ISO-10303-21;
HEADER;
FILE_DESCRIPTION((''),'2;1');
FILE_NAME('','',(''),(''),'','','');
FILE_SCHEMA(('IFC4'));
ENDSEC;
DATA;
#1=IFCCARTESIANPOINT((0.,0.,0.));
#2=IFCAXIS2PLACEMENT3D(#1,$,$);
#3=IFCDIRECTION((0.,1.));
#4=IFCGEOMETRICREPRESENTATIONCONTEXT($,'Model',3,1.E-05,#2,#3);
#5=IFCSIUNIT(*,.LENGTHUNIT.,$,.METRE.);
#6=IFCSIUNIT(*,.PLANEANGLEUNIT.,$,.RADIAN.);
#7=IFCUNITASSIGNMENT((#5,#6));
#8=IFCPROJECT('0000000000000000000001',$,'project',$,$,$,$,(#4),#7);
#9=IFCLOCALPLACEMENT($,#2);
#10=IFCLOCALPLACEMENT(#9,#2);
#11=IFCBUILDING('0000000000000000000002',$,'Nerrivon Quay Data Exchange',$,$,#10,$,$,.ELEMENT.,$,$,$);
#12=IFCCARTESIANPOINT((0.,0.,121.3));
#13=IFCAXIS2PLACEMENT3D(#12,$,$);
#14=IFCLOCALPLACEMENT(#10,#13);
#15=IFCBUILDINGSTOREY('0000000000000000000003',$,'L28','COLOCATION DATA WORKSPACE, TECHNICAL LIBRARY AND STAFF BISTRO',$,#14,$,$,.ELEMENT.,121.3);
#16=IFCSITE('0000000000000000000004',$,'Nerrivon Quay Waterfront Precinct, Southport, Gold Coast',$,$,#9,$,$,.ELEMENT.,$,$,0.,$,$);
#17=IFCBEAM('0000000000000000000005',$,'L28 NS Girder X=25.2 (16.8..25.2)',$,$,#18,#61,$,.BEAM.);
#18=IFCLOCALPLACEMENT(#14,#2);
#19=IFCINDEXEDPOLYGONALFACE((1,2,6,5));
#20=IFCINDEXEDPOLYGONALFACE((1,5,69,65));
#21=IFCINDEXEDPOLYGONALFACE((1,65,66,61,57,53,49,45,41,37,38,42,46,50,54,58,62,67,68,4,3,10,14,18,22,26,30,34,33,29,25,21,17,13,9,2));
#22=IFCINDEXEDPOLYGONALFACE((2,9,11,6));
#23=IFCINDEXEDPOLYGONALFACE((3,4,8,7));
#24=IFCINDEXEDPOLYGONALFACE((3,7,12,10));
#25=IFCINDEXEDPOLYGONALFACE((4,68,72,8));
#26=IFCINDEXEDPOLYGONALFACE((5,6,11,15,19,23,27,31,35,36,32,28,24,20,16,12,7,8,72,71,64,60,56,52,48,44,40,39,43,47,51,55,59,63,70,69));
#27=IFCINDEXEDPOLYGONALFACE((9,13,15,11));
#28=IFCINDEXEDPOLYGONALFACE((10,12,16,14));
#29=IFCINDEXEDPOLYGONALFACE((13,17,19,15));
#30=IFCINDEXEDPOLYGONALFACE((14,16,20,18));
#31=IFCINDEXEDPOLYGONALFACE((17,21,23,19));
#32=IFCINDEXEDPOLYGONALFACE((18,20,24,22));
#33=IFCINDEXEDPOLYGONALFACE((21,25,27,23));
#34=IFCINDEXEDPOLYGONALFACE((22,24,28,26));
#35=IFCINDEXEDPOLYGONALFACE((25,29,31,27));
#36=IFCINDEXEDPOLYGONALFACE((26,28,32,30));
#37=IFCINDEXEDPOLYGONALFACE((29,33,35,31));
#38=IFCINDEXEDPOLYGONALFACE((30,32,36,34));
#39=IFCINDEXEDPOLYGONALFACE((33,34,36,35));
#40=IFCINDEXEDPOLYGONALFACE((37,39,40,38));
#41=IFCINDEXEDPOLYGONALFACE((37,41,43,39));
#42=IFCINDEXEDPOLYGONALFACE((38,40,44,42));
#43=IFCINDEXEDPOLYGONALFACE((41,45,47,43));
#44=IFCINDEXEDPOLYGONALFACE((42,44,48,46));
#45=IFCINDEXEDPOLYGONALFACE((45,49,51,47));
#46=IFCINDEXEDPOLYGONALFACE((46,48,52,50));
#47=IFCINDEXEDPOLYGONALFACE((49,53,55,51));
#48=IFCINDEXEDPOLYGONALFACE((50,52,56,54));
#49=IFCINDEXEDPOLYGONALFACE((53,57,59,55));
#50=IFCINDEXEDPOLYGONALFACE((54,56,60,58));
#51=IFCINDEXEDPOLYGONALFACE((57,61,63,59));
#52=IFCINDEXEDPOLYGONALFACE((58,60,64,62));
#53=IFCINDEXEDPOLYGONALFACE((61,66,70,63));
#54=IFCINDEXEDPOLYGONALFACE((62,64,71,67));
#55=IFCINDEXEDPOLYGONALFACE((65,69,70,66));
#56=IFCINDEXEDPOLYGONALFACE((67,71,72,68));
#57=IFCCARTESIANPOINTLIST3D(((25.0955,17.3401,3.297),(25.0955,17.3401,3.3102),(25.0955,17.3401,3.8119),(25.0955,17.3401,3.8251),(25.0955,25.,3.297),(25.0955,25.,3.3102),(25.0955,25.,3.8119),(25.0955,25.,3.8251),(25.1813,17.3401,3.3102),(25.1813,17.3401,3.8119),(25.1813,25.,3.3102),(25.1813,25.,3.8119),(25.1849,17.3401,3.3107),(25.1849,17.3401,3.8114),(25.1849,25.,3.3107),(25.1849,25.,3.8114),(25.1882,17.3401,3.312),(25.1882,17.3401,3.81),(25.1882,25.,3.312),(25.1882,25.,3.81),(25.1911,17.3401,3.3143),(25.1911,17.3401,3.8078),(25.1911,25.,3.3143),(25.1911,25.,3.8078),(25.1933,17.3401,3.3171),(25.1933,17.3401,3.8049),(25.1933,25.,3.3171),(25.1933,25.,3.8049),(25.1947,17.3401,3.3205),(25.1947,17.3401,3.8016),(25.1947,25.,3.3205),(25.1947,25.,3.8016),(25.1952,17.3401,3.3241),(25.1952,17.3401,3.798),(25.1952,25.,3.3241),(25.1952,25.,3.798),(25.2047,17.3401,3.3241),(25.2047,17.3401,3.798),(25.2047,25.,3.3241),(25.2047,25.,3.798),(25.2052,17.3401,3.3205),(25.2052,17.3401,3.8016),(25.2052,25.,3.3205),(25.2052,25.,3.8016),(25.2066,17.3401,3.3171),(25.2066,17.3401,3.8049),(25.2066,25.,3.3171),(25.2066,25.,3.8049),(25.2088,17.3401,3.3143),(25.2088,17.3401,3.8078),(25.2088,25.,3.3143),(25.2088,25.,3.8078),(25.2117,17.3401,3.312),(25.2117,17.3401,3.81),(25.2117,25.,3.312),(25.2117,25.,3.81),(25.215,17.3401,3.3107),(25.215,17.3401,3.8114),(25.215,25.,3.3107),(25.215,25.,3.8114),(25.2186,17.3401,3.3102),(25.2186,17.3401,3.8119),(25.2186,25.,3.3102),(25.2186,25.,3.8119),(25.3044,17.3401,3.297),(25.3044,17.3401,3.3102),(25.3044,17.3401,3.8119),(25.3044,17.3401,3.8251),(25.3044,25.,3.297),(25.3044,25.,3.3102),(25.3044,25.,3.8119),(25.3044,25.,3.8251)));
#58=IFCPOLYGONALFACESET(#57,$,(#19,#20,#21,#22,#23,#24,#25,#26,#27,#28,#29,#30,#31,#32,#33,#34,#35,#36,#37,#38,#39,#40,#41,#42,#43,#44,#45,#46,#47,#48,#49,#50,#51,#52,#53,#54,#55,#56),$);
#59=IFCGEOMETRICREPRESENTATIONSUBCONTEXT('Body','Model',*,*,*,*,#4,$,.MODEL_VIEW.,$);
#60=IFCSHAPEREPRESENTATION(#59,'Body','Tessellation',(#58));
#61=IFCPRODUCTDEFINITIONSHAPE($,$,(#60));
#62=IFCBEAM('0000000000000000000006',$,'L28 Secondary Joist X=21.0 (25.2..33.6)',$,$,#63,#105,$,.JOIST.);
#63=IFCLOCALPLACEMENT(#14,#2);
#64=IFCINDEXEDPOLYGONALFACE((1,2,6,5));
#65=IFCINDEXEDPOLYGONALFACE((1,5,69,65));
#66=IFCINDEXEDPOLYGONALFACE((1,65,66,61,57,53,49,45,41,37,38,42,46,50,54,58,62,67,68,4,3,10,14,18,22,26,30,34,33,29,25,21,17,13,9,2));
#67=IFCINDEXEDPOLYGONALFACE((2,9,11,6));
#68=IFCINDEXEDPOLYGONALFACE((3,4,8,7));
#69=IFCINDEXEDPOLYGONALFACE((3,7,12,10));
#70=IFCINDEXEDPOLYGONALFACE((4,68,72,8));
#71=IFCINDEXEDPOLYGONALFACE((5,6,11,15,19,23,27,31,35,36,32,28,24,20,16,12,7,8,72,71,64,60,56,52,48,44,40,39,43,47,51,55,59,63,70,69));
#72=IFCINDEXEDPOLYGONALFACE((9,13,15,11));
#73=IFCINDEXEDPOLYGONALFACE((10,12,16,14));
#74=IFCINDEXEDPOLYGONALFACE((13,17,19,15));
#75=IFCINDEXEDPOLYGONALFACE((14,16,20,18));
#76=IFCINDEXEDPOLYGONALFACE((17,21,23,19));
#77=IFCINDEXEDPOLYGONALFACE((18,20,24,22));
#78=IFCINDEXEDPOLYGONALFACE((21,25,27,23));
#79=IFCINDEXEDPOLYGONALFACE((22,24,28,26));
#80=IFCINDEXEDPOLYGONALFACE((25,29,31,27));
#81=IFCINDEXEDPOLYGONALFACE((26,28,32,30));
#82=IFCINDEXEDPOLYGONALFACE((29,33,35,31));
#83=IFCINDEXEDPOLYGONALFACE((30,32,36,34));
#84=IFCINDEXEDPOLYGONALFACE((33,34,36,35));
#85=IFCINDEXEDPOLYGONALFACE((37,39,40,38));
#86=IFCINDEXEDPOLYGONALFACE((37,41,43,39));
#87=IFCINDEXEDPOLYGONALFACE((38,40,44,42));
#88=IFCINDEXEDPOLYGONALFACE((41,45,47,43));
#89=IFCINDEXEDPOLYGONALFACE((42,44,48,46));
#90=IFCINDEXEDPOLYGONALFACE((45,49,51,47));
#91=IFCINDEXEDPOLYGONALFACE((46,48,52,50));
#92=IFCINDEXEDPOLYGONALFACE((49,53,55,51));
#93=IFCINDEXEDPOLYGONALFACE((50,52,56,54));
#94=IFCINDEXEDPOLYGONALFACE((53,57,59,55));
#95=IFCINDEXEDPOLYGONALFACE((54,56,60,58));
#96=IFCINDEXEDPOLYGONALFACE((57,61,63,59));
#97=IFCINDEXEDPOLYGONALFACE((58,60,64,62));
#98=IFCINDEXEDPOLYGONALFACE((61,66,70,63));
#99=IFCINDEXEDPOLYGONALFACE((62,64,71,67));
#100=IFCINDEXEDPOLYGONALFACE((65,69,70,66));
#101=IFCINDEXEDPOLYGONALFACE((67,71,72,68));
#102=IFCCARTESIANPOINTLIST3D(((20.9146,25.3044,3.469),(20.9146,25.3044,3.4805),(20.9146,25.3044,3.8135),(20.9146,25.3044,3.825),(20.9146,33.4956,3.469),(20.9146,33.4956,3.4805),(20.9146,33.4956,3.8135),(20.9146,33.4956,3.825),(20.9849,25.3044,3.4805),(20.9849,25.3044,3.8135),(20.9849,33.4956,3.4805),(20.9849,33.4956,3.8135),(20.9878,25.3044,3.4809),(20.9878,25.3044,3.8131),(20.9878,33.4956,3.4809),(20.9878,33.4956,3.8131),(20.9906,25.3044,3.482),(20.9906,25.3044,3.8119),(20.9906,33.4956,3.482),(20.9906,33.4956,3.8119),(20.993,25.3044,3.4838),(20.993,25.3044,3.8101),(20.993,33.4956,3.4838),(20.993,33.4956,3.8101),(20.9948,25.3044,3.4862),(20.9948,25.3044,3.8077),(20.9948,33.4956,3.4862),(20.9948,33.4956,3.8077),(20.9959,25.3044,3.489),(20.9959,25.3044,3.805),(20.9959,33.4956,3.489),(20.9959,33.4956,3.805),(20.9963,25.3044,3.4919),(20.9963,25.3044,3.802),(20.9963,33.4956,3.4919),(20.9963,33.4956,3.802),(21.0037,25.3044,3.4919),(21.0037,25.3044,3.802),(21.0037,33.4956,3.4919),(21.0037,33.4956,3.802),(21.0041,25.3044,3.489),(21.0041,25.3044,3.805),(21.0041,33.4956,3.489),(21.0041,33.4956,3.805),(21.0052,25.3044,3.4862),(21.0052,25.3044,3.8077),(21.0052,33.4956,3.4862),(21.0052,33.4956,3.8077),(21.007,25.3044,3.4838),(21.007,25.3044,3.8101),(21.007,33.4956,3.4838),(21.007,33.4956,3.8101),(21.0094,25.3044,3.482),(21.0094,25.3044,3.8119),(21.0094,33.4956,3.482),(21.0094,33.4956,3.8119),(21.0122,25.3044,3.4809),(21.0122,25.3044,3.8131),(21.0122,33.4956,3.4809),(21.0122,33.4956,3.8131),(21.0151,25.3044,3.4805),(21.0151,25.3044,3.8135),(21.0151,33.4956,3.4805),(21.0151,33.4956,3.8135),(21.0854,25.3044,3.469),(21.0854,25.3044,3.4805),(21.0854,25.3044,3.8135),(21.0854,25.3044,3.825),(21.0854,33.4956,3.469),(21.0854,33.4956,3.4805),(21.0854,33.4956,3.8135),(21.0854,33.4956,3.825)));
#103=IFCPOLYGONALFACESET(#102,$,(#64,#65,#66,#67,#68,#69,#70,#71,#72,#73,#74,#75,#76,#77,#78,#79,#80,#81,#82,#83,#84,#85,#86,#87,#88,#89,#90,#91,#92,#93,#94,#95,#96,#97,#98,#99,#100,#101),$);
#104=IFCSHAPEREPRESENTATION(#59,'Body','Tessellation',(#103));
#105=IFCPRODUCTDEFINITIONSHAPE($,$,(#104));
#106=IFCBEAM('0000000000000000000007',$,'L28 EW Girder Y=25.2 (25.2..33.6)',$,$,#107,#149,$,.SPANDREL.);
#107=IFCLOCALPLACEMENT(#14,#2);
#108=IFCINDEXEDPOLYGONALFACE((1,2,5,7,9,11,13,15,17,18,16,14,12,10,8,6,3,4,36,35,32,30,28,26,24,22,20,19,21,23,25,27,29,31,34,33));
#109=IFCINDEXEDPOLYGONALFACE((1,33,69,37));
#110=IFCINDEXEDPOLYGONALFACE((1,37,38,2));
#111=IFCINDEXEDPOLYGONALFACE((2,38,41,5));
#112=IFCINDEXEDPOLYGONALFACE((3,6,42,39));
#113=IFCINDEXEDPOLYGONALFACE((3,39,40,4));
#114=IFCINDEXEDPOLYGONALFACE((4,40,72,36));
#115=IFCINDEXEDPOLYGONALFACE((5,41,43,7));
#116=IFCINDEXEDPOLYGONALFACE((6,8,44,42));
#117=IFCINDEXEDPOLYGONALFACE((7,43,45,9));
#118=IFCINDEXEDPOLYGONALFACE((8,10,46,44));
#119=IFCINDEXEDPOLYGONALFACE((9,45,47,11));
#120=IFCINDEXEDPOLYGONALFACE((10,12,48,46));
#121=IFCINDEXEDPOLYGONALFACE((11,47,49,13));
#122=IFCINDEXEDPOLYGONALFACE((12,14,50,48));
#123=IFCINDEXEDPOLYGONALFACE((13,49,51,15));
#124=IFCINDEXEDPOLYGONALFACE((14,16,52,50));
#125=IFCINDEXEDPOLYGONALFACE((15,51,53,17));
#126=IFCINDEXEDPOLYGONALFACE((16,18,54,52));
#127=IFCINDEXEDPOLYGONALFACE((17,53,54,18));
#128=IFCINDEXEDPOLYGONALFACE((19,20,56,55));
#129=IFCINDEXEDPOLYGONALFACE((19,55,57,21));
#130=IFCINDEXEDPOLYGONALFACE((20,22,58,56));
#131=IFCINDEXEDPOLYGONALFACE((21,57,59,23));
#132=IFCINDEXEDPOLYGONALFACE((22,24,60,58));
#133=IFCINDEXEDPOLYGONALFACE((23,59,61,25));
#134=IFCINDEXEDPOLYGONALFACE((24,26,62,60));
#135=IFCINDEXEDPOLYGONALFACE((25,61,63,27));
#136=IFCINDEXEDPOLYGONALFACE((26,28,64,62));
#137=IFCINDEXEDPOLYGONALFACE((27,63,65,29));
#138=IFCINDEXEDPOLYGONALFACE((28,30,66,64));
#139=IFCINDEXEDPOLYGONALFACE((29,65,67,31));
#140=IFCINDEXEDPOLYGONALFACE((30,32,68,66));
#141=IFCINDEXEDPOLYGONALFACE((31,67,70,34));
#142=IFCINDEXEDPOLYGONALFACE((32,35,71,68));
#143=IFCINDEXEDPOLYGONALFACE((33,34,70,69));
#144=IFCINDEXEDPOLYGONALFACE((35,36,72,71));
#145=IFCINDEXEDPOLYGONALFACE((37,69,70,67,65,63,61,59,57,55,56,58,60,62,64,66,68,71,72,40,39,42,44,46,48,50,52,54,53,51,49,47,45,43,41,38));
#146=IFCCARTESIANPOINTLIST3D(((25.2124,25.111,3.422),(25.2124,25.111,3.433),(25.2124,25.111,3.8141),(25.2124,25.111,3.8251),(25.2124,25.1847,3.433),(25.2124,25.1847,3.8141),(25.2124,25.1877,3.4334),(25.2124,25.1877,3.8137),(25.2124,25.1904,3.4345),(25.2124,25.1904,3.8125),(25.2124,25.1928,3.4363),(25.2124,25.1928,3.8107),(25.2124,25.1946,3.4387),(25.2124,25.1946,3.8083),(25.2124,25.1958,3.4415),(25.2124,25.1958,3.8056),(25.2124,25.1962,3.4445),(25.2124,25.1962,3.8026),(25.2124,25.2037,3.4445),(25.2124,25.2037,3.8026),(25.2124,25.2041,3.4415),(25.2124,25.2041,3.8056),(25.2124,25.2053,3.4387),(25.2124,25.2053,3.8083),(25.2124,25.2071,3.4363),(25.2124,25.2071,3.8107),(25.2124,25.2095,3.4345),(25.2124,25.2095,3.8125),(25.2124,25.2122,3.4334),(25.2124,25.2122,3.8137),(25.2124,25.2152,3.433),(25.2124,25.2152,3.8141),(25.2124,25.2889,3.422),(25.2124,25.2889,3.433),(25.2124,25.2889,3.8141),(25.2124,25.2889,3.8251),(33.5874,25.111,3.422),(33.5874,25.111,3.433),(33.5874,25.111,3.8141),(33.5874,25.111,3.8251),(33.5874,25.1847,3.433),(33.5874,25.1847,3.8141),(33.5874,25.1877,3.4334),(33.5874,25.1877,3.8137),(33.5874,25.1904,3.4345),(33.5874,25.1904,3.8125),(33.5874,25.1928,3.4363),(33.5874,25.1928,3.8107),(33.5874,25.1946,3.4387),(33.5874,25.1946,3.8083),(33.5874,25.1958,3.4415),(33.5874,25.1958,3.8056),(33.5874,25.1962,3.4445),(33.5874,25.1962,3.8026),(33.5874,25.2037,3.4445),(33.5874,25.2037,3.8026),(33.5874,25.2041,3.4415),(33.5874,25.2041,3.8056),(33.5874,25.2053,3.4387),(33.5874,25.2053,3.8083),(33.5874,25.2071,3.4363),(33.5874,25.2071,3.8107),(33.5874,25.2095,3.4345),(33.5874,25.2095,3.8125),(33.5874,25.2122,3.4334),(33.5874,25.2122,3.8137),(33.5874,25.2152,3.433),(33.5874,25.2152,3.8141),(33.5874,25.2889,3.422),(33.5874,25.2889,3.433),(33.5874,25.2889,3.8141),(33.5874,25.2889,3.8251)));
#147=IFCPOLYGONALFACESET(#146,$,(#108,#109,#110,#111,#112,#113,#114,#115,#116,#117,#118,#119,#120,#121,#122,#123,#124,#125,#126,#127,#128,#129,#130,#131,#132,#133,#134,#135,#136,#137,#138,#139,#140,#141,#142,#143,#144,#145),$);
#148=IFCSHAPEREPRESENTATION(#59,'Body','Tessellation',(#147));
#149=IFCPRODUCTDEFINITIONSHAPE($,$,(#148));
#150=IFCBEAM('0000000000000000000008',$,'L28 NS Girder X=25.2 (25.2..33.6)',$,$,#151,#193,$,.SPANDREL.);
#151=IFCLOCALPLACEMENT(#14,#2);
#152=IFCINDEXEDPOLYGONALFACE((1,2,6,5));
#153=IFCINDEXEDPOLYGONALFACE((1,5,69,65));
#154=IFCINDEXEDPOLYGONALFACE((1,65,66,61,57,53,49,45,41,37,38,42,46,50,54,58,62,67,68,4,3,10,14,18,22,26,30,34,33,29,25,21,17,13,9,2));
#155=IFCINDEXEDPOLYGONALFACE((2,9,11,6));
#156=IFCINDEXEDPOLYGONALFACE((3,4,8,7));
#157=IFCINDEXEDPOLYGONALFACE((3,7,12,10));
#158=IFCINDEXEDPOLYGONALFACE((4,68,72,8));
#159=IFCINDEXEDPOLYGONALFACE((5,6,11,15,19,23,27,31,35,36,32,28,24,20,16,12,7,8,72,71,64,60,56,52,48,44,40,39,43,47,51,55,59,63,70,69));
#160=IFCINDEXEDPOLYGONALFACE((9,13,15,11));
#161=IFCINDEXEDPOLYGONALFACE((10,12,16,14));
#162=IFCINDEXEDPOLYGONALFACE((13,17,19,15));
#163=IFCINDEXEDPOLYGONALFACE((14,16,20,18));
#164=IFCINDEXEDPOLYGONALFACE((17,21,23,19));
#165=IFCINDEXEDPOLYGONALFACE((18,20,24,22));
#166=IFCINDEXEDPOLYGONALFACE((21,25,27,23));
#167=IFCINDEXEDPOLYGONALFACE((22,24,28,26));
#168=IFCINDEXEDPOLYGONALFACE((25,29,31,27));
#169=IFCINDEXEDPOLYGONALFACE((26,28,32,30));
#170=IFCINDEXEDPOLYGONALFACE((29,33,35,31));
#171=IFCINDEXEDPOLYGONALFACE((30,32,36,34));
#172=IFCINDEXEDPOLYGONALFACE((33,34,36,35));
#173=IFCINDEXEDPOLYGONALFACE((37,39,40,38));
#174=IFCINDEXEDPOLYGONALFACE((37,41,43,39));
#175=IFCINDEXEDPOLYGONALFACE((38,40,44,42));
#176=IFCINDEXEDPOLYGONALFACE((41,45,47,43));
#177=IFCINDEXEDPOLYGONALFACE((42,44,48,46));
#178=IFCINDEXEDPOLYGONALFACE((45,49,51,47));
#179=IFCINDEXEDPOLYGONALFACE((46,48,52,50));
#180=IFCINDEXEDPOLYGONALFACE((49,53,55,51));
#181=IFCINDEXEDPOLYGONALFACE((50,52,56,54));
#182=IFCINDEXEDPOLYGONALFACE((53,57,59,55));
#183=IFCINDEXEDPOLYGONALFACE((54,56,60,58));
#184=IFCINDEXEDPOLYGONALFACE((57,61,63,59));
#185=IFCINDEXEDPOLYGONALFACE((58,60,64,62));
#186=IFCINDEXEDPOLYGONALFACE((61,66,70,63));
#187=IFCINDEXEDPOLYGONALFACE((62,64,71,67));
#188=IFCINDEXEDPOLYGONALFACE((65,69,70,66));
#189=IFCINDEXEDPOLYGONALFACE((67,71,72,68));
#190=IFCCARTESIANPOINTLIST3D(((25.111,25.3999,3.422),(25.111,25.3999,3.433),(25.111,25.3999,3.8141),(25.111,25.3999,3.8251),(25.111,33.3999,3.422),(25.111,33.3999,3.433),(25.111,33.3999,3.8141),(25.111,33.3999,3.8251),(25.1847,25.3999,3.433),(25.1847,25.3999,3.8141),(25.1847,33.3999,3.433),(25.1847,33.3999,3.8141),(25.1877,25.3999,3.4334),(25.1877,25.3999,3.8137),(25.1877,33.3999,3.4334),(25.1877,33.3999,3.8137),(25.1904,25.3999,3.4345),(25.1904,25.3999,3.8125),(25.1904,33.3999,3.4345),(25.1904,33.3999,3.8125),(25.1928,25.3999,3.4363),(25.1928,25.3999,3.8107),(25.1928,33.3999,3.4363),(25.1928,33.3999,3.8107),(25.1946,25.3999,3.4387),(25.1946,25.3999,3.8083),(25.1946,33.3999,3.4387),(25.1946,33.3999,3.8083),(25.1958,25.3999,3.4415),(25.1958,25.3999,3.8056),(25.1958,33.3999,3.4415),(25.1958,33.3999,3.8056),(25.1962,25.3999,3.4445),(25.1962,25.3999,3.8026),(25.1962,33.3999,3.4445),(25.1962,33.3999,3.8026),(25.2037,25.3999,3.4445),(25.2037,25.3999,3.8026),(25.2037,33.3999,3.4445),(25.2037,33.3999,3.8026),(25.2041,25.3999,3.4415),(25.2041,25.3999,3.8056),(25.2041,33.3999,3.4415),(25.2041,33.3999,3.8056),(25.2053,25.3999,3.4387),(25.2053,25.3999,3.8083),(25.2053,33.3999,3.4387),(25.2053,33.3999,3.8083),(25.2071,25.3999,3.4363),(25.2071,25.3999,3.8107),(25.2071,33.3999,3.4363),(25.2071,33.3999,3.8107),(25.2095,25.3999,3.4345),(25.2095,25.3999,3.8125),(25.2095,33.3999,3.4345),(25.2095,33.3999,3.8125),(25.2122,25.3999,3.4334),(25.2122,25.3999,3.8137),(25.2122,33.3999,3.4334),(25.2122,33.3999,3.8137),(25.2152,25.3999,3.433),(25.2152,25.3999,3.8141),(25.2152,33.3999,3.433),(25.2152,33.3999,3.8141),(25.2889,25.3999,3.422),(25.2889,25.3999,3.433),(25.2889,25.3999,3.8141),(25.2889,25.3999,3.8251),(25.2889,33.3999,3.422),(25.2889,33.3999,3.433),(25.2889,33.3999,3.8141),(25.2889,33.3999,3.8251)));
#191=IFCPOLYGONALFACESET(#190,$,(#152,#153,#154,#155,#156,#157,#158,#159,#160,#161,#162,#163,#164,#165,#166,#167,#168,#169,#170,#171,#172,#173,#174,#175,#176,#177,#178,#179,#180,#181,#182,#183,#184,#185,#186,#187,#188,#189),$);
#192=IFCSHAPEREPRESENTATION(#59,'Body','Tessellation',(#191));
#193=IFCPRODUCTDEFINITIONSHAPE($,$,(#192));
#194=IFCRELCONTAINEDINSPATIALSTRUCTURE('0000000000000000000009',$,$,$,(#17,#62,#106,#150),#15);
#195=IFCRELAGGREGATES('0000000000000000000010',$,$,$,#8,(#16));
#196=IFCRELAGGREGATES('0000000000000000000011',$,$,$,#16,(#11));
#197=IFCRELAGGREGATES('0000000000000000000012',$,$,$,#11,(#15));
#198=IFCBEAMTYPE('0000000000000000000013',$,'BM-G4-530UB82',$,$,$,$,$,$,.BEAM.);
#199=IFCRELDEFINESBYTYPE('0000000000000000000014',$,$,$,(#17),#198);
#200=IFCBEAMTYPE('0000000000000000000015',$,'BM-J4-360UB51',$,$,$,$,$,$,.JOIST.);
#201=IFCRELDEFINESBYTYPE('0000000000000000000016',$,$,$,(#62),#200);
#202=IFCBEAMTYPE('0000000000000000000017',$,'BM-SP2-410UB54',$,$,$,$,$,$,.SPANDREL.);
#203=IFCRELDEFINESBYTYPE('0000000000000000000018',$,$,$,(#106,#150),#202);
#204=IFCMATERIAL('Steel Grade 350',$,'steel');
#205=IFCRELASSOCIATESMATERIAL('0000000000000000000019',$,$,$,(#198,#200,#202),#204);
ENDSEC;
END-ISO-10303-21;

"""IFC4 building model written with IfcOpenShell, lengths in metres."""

from ifc_helpers import new_model, si_unit, direction, frame, origin, origin_2d, place, context, subcontext, project, spatial, i_section, extrude, material, material_profile, profile_set, type_object, element, save


model = new_model("IFC4")

# Units and contexts
model_context = context("Model", 3, precision=1e-05, world=origin(), true_north=direction((0.0, 1.0)))
body_context = subcontext(model_context, "Body", "Model", "MODEL_VIEW")
ifc_project = project(units=[si_unit("LENGTHUNIT", "METRE"), si_unit("PLANEANGLEUNIT", "RADIAN")], contexts=[model_context])

# Site, building, storey
site_placement = place(None, origin())
site = spatial("IfcSite", under=ifc_project, at=site_placement, Name="Nerrivon Quay Waterfront Precinct, Southport, Gold Coast", CompositionType="ELEMENT", RefElevation=0.0)
building_placement = place(site_placement, origin())
building = spatial("IfcBuilding", under=site, at=building_placement, Name="Nerrivon Quay Data Exchange", CompositionType="ELEMENT")
storey_placement = place(building_placement, frame((0.0, 0.0, 121.3)))
storey = spatial("IfcBuildingStorey", under=building, at=storey_placement, Name="L28", Description="COLOCATION DATA WORKSPACE, TECHNICAL LIBRARY AND STAFF BISTRO", CompositionType="ELEMENT", Elevation=121.3)

# Shared definitions
ifc_material_1 = material(Name="Steel Grade 350", Category="steel")

# Beams
ifc_material_profile_1 = material_profile(ifc_material_1, i_section(OverallWidth=0.209, OverallDepth=0.5281, WebThickness=0.0095, FlangeThickness=0.0132, FilletRadius=0.0139, at=origin_2d()), Name="530UB82.0")
ifc_profile_set_1 = profile_set([ifc_material_profile_1], Name="Steel Grade 350")
beam_type_1 = type_object("IfcBeamType", Name="BM-G4-530UB82", PredefinedType="BEAM", material=ifc_profile_set_1)
beam_1_placement = place(storey_placement, frame((25.2, 17.3401, 3.561), z_axis=(0.0, 1.0, 0.0), x_axis=(-1.0, 0.0, 0.0)))
element("IfcBeam", 1, at=beam_1_placement, inside=storey, type_object=beam_type_1, Name="L28 NS Girder X=25.2 (16.8..25.2)", PredefinedType="BEAM", context=body_context, shape_type="SweptSolid", body=[
    extrude(i_section(OverallWidth=0.209, OverallDepth=0.5281, WebThickness=0.0095, FlangeThickness=0.0132, FilletRadius=0.0139, at=origin_2d()), origin(), (0.0, 0.0, 1.0), 7.6599),
])
ifc_material_profile_2 = material_profile(ifc_material_1, i_section(OverallWidth=0.1709, OverallDepth=0.356, WebThickness=0.0073, FlangeThickness=0.0115, FilletRadius=0.0115, at=origin_2d()), Name="360UB50.7")
ifc_profile_set_2 = profile_set([ifc_material_profile_2], Name="Steel Grade 350")
beam_type_2 = type_object("IfcBeamType", Name="BM-J4-360UB51", PredefinedType="JOIST", material=ifc_profile_set_2)
beam_2_placement = place(storey_placement, frame((21.0, 25.3044, 3.647), z_axis=(0.0, 1.0, 0.0), x_axis=(-1.0, 0.0, 0.0)))
element("IfcBeam", 2, at=beam_2_placement, inside=storey, type_object=beam_type_2, Name="L28 Secondary Joist X=21.0 (25.2..33.6)", PredefinedType="JOIST", context=body_context, shape_type="SweptSolid", body=[
    extrude(i_section(OverallWidth=0.1709, OverallDepth=0.356, WebThickness=0.0073, FlangeThickness=0.0115, FilletRadius=0.0115, at=origin_2d()), origin(), (0.0, 0.0, 1.0), 8.1912),
])
ifc_material_profile_3 = material_profile(ifc_material_1, i_section(OverallWidth=0.178, OverallDepth=0.4031, WebThickness=0.0076, FlangeThickness=0.011, FilletRadius=0.0115, at=origin_2d()), Name="410UB53.7")
ifc_profile_set_3 = profile_set([ifc_material_profile_3], Name="Steel Grade 350")
beam_type_3 = type_object("IfcBeamType", Name="BM-SP2-410UB54", PredefinedType="SPANDREL", material=ifc_profile_set_3)
beam_3_placement = place(storey_placement, frame((25.2124, 25.2, 3.6235), z_axis=(1.0, 0.0, 0.0), x_axis=(0.0, 1.0, 0.0)))
element("IfcBeam", 3, at=beam_3_placement, inside=storey, type_object=beam_type_3, Name="L28 EW Girder Y=25.2 (25.2..33.6)", PredefinedType="SPANDREL", context=body_context, shape_type="SweptSolid", body=[
    extrude(i_section(OverallWidth=0.178, OverallDepth=0.4031, WebThickness=0.0076, FlangeThickness=0.011, FilletRadius=0.0115, at=origin_2d()), origin(), (0.0, 0.0, 1.0), 8.375),
])
beam_4_placement = place(storey_placement, frame((25.2, 25.3999, 3.6235), z_axis=(0.0, 1.0, 0.0), x_axis=(-1.0, 0.0, 0.0)))
element("IfcBeam", 4, at=beam_4_placement, inside=storey, type_object=beam_type_3, Name="L28 NS Girder X=25.2 (25.2..33.6)", PredefinedType="SPANDREL", context=body_context, shape_type="SweptSolid", body=[
    extrude(i_section(OverallWidth=0.178, OverallDepth=0.4031, WebThickness=0.0076, FlangeThickness=0.011, FilletRadius=0.0115, at=origin_2d()), origin(), (0.0, 0.0, 1.0), 8.0),
])

save(model, "model.ifc")
